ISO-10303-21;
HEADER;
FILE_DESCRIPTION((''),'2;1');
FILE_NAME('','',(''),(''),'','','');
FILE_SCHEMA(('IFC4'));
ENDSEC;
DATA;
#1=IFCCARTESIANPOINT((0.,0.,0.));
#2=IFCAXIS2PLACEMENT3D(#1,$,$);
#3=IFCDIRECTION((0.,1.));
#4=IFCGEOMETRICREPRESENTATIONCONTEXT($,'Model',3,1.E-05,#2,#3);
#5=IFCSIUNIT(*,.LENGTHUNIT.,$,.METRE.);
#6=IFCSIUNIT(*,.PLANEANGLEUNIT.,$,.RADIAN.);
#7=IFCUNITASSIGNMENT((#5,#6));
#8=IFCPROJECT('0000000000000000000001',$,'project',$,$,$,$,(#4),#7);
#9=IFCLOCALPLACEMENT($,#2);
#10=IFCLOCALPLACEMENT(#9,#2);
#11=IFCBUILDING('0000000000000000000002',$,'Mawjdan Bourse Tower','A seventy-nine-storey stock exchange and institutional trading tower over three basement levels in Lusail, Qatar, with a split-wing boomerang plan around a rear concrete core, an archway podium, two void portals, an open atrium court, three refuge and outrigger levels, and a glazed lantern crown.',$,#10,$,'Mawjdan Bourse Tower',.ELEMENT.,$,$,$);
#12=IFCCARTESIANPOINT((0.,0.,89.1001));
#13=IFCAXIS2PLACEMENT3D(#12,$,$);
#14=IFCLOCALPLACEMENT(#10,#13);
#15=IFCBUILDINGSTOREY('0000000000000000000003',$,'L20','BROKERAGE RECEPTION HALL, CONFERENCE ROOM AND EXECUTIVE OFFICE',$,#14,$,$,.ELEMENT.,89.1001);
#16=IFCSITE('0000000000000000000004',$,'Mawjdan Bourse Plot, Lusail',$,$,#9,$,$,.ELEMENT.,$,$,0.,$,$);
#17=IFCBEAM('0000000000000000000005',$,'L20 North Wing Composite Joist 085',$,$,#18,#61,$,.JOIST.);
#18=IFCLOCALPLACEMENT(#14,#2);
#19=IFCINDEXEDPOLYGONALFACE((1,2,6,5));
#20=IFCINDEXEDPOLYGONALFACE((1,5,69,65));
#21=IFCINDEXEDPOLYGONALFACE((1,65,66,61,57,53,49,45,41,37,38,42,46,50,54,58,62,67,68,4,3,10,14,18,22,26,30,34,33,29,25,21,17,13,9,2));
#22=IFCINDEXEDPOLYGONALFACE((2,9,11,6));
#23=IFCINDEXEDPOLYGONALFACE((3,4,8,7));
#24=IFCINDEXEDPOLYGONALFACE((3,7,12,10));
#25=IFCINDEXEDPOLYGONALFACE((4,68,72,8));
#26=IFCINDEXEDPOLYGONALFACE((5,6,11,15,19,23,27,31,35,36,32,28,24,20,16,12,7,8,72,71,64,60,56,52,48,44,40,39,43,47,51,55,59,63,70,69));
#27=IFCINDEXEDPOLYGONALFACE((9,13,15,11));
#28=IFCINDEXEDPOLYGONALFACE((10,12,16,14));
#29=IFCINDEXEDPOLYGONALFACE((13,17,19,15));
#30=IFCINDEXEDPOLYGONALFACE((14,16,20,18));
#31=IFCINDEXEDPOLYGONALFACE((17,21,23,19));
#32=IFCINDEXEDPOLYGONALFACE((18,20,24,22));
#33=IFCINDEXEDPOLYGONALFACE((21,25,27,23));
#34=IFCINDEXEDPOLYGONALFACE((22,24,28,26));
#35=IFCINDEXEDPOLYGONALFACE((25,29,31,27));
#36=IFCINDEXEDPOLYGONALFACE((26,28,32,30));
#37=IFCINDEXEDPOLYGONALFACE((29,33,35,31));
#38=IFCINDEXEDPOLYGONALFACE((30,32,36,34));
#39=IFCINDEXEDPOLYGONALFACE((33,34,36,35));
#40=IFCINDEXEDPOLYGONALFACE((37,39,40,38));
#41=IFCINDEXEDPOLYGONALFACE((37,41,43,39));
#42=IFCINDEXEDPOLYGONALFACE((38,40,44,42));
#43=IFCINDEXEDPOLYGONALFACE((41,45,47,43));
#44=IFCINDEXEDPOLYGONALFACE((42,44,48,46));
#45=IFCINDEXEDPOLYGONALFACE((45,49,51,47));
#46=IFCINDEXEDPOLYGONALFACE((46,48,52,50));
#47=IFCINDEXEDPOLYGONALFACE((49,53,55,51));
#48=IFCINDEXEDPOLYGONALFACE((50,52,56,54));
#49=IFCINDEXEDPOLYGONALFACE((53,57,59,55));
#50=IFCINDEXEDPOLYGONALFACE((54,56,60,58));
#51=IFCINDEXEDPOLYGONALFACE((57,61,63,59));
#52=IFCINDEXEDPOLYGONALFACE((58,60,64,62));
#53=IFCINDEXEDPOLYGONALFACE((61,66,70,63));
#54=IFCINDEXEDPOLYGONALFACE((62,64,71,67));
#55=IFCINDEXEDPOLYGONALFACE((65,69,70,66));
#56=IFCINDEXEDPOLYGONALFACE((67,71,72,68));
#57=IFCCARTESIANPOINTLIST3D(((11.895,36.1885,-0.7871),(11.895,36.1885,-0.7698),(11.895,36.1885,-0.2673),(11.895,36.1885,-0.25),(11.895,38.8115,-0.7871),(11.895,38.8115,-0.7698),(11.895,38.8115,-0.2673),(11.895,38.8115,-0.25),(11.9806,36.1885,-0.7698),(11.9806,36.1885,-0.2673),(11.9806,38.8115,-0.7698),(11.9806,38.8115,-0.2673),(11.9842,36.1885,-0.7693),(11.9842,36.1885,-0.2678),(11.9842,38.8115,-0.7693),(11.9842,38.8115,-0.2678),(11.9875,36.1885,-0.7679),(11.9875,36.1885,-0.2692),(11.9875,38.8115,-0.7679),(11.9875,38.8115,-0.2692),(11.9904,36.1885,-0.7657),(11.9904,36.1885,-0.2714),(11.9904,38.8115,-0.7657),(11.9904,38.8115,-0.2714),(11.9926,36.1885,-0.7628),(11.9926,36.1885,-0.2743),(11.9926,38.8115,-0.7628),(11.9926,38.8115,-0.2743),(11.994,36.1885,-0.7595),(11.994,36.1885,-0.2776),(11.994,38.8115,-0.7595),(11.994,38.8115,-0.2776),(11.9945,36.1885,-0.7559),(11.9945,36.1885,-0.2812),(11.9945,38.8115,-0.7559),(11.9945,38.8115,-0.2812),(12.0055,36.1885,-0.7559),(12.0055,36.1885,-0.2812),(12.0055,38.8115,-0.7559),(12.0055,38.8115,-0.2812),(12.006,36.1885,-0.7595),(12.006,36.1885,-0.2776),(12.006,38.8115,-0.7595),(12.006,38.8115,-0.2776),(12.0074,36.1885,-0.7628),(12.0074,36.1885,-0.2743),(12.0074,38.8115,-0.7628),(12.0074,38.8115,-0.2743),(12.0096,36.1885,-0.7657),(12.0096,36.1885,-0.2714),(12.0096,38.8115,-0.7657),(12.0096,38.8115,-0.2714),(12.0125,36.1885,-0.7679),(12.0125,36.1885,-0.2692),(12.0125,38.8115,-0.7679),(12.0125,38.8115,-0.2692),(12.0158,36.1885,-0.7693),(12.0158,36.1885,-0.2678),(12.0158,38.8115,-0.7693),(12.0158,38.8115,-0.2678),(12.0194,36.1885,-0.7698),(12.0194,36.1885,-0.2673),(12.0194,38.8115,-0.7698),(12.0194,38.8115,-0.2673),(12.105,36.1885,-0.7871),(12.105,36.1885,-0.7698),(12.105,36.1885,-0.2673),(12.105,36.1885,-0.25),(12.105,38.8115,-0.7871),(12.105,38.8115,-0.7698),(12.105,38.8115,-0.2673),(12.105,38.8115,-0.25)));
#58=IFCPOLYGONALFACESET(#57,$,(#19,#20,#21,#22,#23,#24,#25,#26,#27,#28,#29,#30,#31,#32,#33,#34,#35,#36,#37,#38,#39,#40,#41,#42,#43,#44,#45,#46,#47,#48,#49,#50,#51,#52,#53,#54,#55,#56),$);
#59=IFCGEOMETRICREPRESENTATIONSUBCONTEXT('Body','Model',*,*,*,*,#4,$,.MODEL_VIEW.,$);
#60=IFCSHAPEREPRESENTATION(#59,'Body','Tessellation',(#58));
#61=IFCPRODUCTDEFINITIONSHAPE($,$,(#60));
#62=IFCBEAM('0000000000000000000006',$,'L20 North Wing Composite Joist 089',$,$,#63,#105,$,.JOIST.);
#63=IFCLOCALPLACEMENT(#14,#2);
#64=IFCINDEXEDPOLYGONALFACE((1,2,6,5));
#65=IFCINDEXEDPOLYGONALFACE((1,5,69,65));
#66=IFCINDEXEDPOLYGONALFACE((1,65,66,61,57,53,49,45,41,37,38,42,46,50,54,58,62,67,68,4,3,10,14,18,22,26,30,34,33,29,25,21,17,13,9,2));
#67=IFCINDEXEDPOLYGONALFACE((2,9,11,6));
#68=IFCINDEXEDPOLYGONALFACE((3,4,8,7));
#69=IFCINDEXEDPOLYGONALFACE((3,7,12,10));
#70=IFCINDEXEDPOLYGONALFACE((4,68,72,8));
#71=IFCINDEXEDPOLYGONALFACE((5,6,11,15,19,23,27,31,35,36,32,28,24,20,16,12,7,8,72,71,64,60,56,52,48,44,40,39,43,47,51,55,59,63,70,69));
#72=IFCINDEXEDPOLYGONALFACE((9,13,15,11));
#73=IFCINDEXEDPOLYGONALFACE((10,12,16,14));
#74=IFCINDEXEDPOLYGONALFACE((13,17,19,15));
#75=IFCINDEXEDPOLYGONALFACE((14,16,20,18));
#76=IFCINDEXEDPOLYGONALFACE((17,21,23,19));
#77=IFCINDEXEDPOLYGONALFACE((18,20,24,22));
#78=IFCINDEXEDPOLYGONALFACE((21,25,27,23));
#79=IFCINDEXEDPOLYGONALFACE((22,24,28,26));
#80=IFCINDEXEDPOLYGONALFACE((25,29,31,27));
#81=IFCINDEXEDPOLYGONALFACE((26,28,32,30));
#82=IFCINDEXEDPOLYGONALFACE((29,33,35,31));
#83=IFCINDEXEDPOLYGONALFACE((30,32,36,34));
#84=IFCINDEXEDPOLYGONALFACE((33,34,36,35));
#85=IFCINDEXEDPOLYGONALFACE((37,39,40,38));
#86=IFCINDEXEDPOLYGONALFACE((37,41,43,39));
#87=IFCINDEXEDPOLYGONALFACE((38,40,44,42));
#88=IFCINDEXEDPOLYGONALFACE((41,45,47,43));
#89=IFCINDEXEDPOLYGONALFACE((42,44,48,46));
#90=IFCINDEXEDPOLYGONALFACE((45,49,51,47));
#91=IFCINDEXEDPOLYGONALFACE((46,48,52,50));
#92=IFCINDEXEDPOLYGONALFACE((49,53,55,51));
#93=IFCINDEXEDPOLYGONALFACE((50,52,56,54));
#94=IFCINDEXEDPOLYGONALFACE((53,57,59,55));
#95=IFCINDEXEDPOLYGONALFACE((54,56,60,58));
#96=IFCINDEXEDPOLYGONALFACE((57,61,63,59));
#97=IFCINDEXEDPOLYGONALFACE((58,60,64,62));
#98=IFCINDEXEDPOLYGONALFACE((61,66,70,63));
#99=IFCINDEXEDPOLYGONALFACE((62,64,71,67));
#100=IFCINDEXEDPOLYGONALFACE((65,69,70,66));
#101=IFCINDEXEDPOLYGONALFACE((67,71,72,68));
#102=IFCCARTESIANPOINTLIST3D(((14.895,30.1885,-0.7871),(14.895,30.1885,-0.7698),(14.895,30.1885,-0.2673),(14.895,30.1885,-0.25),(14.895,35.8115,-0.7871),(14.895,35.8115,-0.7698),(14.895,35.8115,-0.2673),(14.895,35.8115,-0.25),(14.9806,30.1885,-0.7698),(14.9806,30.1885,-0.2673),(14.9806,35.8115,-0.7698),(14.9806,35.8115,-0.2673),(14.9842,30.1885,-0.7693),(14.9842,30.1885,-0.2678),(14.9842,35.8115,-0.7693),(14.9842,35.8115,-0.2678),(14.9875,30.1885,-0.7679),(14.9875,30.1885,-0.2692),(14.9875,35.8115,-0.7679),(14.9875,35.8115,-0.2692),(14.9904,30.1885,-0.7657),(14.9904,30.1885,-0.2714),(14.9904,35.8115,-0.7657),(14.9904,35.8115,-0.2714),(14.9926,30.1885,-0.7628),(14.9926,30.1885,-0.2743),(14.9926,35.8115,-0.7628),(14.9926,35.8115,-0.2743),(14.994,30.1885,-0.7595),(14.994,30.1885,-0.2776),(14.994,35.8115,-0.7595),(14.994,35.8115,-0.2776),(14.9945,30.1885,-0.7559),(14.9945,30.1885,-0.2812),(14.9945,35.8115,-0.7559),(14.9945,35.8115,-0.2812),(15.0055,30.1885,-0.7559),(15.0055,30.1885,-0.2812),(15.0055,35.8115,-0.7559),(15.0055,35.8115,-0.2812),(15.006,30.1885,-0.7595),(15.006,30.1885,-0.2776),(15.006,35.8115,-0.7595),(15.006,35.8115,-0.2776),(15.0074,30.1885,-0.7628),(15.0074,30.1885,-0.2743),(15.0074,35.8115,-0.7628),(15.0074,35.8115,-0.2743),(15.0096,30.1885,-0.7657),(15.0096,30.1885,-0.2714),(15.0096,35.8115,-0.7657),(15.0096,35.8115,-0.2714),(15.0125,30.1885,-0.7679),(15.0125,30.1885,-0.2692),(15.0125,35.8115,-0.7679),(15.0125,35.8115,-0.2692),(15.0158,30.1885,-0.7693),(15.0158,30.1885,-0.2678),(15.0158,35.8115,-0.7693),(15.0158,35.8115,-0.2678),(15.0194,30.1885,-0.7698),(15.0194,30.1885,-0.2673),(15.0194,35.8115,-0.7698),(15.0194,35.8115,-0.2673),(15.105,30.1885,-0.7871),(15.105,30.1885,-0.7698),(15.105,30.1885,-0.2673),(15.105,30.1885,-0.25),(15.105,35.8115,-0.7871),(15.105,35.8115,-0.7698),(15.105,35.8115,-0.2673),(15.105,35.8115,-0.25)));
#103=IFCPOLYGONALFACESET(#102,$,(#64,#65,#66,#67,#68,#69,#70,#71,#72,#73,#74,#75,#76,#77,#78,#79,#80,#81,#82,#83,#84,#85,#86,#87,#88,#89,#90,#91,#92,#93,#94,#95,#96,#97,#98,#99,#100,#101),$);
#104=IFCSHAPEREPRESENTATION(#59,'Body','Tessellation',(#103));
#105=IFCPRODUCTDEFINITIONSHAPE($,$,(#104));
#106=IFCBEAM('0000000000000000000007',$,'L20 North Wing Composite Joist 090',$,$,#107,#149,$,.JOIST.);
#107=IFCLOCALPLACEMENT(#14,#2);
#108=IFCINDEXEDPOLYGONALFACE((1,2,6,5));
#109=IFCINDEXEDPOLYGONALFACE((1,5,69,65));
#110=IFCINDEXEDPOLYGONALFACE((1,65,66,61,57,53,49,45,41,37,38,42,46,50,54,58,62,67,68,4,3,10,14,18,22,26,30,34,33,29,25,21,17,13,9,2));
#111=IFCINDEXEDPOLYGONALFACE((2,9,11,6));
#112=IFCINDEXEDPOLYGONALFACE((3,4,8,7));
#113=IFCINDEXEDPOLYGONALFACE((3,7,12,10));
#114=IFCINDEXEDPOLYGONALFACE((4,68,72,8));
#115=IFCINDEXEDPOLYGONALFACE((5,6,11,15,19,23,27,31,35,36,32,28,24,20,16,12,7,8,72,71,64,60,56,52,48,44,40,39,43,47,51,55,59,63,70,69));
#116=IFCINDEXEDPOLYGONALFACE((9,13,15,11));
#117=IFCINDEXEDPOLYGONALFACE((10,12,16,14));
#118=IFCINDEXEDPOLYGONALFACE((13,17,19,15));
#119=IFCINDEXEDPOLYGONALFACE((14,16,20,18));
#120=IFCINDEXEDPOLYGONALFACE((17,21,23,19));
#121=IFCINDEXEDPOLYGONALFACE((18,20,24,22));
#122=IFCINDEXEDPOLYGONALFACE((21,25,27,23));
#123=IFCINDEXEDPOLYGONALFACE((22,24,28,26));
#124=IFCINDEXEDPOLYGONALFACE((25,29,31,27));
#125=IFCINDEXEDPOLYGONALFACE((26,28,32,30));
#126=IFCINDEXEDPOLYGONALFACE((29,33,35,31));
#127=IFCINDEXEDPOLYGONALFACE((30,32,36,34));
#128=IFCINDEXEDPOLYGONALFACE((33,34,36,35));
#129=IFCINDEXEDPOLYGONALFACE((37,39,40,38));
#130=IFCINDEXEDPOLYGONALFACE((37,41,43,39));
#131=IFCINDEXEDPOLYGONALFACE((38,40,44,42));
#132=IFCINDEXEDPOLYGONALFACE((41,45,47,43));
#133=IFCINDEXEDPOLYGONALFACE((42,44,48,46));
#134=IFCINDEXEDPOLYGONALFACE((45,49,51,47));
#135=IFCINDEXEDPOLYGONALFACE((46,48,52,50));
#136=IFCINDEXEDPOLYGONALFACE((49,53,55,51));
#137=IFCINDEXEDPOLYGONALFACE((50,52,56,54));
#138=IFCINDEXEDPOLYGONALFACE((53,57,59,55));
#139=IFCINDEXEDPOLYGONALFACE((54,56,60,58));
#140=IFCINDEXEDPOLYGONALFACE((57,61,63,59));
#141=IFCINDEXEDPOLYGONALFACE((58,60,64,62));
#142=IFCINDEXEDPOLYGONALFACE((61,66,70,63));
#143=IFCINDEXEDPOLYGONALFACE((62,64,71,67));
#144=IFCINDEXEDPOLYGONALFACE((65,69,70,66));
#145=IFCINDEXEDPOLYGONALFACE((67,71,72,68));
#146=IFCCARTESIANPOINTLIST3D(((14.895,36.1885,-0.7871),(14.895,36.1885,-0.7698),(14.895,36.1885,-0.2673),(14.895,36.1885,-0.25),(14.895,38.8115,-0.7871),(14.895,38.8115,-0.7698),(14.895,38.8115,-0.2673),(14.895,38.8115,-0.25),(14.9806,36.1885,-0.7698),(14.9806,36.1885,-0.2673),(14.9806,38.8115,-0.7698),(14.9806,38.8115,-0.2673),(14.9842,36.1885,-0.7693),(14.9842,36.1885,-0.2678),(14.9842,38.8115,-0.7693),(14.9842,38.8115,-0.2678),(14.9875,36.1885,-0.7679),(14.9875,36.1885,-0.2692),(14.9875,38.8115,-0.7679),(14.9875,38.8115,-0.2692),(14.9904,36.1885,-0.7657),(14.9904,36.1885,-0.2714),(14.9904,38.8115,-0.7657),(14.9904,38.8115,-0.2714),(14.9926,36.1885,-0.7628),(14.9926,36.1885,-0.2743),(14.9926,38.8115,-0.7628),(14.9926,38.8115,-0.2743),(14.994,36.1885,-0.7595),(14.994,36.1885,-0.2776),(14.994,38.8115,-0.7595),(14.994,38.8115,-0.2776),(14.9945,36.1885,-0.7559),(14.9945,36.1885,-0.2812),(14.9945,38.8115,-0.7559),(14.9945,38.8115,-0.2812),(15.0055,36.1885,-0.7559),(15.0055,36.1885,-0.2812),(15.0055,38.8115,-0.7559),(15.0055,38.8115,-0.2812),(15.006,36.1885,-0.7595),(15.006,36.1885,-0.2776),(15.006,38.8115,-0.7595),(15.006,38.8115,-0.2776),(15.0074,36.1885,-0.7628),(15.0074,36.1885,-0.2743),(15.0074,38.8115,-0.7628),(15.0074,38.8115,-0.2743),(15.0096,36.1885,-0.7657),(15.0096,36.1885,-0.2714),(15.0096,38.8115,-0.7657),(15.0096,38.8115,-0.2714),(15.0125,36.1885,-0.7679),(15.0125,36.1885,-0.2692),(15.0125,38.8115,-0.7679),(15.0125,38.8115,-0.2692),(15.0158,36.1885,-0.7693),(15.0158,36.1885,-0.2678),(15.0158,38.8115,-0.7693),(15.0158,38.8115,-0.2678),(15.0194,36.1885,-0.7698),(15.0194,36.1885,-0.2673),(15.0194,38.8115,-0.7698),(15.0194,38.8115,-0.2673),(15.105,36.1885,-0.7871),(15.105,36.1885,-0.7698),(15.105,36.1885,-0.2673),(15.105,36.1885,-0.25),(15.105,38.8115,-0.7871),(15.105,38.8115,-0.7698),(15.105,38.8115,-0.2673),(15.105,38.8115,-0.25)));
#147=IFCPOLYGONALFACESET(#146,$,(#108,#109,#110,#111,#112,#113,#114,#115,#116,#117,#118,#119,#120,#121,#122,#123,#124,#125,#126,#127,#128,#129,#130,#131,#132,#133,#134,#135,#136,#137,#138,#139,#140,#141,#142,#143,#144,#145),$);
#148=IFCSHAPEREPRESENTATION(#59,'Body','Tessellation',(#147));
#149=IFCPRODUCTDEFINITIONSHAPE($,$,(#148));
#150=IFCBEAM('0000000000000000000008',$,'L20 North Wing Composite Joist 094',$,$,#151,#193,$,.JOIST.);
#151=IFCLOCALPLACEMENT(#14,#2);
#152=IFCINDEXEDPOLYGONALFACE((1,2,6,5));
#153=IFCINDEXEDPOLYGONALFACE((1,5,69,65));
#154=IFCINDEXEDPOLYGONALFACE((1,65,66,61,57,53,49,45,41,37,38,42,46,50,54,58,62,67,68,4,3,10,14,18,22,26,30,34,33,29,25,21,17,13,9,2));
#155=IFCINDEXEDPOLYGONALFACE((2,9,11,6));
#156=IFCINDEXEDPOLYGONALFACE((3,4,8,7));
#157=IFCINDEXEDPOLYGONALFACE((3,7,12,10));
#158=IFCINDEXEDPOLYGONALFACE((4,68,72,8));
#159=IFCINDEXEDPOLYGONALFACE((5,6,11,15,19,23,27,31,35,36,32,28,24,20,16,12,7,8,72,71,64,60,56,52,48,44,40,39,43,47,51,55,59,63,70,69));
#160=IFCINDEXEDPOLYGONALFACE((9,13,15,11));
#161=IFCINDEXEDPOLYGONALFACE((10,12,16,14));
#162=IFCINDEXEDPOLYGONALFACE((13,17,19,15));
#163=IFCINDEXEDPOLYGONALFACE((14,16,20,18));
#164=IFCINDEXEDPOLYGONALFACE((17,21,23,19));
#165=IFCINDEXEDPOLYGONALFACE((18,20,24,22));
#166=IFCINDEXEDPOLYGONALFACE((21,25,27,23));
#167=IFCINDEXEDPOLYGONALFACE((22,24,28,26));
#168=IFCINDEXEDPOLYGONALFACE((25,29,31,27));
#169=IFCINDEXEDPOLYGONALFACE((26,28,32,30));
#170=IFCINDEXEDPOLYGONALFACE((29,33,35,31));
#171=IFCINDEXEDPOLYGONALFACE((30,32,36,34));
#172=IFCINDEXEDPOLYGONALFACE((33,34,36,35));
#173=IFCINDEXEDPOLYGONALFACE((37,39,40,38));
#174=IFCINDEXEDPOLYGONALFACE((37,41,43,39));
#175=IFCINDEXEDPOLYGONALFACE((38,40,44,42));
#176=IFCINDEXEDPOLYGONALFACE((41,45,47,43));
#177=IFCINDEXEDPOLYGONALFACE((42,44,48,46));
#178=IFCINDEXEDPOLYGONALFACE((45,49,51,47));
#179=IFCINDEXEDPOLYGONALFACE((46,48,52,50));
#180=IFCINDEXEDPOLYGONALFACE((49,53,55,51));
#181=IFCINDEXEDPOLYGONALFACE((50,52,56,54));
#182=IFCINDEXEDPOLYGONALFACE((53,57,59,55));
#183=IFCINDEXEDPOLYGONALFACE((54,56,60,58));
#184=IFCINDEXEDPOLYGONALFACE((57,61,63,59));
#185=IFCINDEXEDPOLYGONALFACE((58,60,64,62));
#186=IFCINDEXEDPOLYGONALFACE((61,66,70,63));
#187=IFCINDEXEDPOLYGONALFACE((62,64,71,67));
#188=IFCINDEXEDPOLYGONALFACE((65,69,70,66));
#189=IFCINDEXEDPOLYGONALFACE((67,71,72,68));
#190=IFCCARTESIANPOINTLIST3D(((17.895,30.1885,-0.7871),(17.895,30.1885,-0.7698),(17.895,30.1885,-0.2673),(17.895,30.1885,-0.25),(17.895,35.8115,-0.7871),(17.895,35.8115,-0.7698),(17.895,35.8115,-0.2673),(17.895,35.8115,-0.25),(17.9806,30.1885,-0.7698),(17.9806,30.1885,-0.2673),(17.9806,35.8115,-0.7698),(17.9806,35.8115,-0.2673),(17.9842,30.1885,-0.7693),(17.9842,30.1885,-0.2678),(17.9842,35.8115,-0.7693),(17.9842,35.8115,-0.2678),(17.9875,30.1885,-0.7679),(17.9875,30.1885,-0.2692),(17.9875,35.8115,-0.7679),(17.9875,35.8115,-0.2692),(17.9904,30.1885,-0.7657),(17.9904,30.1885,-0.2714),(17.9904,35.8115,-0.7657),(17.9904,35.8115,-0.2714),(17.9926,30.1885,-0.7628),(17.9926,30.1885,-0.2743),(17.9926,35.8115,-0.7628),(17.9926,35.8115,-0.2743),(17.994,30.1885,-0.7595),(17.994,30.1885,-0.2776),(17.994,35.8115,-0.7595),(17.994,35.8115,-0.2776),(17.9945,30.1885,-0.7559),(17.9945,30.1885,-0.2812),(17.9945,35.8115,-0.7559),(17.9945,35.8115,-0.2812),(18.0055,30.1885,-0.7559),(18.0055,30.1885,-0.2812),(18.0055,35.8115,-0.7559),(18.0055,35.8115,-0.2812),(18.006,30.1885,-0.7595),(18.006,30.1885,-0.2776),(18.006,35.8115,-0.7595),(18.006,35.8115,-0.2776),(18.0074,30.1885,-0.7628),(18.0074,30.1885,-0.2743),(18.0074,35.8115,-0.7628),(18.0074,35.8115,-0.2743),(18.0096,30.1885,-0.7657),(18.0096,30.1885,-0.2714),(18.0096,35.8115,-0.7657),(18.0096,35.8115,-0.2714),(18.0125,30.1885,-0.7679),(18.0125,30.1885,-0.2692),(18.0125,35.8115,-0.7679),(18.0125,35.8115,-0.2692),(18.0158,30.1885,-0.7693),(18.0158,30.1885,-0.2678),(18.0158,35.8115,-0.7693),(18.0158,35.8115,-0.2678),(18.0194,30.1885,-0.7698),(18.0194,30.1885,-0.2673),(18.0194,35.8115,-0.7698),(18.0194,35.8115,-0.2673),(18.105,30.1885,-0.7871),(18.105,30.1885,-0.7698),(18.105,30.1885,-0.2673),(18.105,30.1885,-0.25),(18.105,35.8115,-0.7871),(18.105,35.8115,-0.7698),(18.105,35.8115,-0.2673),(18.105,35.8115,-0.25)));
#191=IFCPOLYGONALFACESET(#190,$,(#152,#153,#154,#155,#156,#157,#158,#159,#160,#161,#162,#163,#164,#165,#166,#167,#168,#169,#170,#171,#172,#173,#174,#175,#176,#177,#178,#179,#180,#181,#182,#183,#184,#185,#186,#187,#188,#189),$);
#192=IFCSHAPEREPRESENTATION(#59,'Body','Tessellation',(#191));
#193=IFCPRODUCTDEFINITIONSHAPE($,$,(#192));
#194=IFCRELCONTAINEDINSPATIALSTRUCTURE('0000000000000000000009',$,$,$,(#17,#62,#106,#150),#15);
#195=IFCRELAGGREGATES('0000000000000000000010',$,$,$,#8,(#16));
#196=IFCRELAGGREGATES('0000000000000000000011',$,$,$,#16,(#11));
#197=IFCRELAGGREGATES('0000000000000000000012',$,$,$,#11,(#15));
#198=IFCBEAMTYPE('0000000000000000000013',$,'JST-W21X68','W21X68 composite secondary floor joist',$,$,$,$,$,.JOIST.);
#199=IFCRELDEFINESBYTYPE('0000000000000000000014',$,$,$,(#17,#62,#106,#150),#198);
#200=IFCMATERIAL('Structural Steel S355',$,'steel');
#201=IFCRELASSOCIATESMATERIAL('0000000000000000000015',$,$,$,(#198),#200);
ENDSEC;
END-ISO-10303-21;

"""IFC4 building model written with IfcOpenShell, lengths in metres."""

from ifc_helpers import new_model, si_unit, direction, frame, origin, origin_2d, place, context, subcontext, project, spatial, i_section, extrude, material, material_profile, profile_set, type_object, element, save


model = new_model("IFC4")

# Units and contexts
model_context = context("Model", 3, precision=1e-05, world=origin(), true_north=direction((0.0, 1.0)))
body_context = subcontext(model_context, "Body", "Model", "MODEL_VIEW")
ifc_project = project(units=[si_unit("LENGTHUNIT", "METRE"), si_unit("PLANEANGLEUNIT", "RADIAN")], contexts=[model_context])

# Site, building, storey
site_placement = place(None, origin())
site = spatial("IfcSite", under=ifc_project, at=site_placement, Name="Mawjdan Bourse Plot, Lusail", CompositionType="ELEMENT", RefElevation=0.0)
building_placement = place(site_placement, origin())
building = spatial("IfcBuilding", under=site, at=building_placement, Name="Mawjdan Bourse Tower", Description="A seventy-nine-storey stock exchange and institutional trading tower over three basement levels in Lusail, Qatar, with a split-wing boomerang plan around a rear concrete core, an archway podium, two void portals, an open atrium court, three refuge and outrigger levels, and a glazed lantern crown.", LongName="Mawjdan Bourse Tower", CompositionType="ELEMENT")
storey_placement = place(building_placement, frame((0.0, 0.0, 89.1001)))
storey = spatial("IfcBuildingStorey", under=building, at=storey_placement, Name="L20", Description="BROKERAGE RECEPTION HALL, CONFERENCE ROOM AND EXECUTIVE OFFICE", CompositionType="ELEMENT", Elevation=89.1001)

# Beams
ifc_material_1 = material(Name="Structural Steel S355", Category="steel")
ifc_material_profile_1 = material_profile(ifc_material_1, i_section(OverallWidth=0.21, OverallDepth=0.5371, WebThickness=0.011, FlangeThickness=0.0173, FilletRadius=0.0139, at=origin_2d()), Name="W21X68")
ifc_profile_set_1 = profile_set([ifc_material_profile_1], Name="Structural Steel S355")
beam_type_1 = type_object("IfcBeamType", Name="JST-W21X68", Description="W21X68 composite secondary floor joist", PredefinedType="JOIST", material=ifc_profile_set_1)
beam_1_placement = place(storey_placement, frame((12.0, 36.1885, -0.5186), z_axis=(0.0, 1.0, 0.0), x_axis=(-1.0, 0.0, 0.0)))
element("IfcBeam", 1, at=beam_1_placement, inside=storey, type_object=beam_type_1, Name="L20 North Wing Composite Joist 085", PredefinedType="JOIST", context=body_context, shape_type="SweptSolid", body=[
    extrude(i_section(OverallWidth=0.21, OverallDepth=0.5371, WebThickness=0.011, FlangeThickness=0.0173, FilletRadius=0.0139, at=origin_2d()), origin(), (0.0, 0.0, 1.0), 2.623),
])
beam_2_placement = place(storey_placement, frame((15.0, 30.1885, -0.5186), z_axis=(0.0, 1.0, 0.0), x_axis=(-1.0, 0.0, 0.0)))
element("IfcBeam", 2, at=beam_2_placement, inside=storey, type_object=beam_type_1, Name="L20 North Wing Composite Joist 089", PredefinedType="JOIST", context=body_context, shape_type="SweptSolid", body=[
    extrude(i_section(OverallWidth=0.21, OverallDepth=0.5371, WebThickness=0.011, FlangeThickness=0.0173, FilletRadius=0.0139, at=origin_2d()), origin(), (0.0, 0.0, 1.0), 5.623),
])
beam_3_placement = place(storey_placement, frame((15.0, 36.1885, -0.5186), z_axis=(0.0, 1.0, 0.0), x_axis=(-1.0, 0.0, 0.0)))
element("IfcBeam", 3, at=beam_3_placement, inside=storey, type_object=beam_type_1, Name="L20 North Wing Composite Joist 090", PredefinedType="JOIST", context=body_context, shape_type="SweptSolid", body=[
    extrude(i_section(OverallWidth=0.21, OverallDepth=0.5371, WebThickness=0.011, FlangeThickness=0.0173, FilletRadius=0.0139, at=origin_2d()), origin(), (0.0, 0.0, 1.0), 2.623),
])
beam_4_placement = place(storey_placement, frame((18.0, 30.1885, -0.5186), z_axis=(0.0, 1.0, 0.0), x_axis=(-1.0, 0.0, 0.0)))
element("IfcBeam", 4, at=beam_4_placement, inside=storey, type_object=beam_type_1, Name="L20 North Wing Composite Joist 094", PredefinedType="JOIST", context=body_context, shape_type="SweptSolid", body=[
    extrude(i_section(OverallWidth=0.21, OverallDepth=0.5371, WebThickness=0.011, FlangeThickness=0.0173, FilletRadius=0.0139, at=origin_2d()), origin(), (0.0, 0.0, 1.0), 5.623),
])

save(model, "model.ifc")
